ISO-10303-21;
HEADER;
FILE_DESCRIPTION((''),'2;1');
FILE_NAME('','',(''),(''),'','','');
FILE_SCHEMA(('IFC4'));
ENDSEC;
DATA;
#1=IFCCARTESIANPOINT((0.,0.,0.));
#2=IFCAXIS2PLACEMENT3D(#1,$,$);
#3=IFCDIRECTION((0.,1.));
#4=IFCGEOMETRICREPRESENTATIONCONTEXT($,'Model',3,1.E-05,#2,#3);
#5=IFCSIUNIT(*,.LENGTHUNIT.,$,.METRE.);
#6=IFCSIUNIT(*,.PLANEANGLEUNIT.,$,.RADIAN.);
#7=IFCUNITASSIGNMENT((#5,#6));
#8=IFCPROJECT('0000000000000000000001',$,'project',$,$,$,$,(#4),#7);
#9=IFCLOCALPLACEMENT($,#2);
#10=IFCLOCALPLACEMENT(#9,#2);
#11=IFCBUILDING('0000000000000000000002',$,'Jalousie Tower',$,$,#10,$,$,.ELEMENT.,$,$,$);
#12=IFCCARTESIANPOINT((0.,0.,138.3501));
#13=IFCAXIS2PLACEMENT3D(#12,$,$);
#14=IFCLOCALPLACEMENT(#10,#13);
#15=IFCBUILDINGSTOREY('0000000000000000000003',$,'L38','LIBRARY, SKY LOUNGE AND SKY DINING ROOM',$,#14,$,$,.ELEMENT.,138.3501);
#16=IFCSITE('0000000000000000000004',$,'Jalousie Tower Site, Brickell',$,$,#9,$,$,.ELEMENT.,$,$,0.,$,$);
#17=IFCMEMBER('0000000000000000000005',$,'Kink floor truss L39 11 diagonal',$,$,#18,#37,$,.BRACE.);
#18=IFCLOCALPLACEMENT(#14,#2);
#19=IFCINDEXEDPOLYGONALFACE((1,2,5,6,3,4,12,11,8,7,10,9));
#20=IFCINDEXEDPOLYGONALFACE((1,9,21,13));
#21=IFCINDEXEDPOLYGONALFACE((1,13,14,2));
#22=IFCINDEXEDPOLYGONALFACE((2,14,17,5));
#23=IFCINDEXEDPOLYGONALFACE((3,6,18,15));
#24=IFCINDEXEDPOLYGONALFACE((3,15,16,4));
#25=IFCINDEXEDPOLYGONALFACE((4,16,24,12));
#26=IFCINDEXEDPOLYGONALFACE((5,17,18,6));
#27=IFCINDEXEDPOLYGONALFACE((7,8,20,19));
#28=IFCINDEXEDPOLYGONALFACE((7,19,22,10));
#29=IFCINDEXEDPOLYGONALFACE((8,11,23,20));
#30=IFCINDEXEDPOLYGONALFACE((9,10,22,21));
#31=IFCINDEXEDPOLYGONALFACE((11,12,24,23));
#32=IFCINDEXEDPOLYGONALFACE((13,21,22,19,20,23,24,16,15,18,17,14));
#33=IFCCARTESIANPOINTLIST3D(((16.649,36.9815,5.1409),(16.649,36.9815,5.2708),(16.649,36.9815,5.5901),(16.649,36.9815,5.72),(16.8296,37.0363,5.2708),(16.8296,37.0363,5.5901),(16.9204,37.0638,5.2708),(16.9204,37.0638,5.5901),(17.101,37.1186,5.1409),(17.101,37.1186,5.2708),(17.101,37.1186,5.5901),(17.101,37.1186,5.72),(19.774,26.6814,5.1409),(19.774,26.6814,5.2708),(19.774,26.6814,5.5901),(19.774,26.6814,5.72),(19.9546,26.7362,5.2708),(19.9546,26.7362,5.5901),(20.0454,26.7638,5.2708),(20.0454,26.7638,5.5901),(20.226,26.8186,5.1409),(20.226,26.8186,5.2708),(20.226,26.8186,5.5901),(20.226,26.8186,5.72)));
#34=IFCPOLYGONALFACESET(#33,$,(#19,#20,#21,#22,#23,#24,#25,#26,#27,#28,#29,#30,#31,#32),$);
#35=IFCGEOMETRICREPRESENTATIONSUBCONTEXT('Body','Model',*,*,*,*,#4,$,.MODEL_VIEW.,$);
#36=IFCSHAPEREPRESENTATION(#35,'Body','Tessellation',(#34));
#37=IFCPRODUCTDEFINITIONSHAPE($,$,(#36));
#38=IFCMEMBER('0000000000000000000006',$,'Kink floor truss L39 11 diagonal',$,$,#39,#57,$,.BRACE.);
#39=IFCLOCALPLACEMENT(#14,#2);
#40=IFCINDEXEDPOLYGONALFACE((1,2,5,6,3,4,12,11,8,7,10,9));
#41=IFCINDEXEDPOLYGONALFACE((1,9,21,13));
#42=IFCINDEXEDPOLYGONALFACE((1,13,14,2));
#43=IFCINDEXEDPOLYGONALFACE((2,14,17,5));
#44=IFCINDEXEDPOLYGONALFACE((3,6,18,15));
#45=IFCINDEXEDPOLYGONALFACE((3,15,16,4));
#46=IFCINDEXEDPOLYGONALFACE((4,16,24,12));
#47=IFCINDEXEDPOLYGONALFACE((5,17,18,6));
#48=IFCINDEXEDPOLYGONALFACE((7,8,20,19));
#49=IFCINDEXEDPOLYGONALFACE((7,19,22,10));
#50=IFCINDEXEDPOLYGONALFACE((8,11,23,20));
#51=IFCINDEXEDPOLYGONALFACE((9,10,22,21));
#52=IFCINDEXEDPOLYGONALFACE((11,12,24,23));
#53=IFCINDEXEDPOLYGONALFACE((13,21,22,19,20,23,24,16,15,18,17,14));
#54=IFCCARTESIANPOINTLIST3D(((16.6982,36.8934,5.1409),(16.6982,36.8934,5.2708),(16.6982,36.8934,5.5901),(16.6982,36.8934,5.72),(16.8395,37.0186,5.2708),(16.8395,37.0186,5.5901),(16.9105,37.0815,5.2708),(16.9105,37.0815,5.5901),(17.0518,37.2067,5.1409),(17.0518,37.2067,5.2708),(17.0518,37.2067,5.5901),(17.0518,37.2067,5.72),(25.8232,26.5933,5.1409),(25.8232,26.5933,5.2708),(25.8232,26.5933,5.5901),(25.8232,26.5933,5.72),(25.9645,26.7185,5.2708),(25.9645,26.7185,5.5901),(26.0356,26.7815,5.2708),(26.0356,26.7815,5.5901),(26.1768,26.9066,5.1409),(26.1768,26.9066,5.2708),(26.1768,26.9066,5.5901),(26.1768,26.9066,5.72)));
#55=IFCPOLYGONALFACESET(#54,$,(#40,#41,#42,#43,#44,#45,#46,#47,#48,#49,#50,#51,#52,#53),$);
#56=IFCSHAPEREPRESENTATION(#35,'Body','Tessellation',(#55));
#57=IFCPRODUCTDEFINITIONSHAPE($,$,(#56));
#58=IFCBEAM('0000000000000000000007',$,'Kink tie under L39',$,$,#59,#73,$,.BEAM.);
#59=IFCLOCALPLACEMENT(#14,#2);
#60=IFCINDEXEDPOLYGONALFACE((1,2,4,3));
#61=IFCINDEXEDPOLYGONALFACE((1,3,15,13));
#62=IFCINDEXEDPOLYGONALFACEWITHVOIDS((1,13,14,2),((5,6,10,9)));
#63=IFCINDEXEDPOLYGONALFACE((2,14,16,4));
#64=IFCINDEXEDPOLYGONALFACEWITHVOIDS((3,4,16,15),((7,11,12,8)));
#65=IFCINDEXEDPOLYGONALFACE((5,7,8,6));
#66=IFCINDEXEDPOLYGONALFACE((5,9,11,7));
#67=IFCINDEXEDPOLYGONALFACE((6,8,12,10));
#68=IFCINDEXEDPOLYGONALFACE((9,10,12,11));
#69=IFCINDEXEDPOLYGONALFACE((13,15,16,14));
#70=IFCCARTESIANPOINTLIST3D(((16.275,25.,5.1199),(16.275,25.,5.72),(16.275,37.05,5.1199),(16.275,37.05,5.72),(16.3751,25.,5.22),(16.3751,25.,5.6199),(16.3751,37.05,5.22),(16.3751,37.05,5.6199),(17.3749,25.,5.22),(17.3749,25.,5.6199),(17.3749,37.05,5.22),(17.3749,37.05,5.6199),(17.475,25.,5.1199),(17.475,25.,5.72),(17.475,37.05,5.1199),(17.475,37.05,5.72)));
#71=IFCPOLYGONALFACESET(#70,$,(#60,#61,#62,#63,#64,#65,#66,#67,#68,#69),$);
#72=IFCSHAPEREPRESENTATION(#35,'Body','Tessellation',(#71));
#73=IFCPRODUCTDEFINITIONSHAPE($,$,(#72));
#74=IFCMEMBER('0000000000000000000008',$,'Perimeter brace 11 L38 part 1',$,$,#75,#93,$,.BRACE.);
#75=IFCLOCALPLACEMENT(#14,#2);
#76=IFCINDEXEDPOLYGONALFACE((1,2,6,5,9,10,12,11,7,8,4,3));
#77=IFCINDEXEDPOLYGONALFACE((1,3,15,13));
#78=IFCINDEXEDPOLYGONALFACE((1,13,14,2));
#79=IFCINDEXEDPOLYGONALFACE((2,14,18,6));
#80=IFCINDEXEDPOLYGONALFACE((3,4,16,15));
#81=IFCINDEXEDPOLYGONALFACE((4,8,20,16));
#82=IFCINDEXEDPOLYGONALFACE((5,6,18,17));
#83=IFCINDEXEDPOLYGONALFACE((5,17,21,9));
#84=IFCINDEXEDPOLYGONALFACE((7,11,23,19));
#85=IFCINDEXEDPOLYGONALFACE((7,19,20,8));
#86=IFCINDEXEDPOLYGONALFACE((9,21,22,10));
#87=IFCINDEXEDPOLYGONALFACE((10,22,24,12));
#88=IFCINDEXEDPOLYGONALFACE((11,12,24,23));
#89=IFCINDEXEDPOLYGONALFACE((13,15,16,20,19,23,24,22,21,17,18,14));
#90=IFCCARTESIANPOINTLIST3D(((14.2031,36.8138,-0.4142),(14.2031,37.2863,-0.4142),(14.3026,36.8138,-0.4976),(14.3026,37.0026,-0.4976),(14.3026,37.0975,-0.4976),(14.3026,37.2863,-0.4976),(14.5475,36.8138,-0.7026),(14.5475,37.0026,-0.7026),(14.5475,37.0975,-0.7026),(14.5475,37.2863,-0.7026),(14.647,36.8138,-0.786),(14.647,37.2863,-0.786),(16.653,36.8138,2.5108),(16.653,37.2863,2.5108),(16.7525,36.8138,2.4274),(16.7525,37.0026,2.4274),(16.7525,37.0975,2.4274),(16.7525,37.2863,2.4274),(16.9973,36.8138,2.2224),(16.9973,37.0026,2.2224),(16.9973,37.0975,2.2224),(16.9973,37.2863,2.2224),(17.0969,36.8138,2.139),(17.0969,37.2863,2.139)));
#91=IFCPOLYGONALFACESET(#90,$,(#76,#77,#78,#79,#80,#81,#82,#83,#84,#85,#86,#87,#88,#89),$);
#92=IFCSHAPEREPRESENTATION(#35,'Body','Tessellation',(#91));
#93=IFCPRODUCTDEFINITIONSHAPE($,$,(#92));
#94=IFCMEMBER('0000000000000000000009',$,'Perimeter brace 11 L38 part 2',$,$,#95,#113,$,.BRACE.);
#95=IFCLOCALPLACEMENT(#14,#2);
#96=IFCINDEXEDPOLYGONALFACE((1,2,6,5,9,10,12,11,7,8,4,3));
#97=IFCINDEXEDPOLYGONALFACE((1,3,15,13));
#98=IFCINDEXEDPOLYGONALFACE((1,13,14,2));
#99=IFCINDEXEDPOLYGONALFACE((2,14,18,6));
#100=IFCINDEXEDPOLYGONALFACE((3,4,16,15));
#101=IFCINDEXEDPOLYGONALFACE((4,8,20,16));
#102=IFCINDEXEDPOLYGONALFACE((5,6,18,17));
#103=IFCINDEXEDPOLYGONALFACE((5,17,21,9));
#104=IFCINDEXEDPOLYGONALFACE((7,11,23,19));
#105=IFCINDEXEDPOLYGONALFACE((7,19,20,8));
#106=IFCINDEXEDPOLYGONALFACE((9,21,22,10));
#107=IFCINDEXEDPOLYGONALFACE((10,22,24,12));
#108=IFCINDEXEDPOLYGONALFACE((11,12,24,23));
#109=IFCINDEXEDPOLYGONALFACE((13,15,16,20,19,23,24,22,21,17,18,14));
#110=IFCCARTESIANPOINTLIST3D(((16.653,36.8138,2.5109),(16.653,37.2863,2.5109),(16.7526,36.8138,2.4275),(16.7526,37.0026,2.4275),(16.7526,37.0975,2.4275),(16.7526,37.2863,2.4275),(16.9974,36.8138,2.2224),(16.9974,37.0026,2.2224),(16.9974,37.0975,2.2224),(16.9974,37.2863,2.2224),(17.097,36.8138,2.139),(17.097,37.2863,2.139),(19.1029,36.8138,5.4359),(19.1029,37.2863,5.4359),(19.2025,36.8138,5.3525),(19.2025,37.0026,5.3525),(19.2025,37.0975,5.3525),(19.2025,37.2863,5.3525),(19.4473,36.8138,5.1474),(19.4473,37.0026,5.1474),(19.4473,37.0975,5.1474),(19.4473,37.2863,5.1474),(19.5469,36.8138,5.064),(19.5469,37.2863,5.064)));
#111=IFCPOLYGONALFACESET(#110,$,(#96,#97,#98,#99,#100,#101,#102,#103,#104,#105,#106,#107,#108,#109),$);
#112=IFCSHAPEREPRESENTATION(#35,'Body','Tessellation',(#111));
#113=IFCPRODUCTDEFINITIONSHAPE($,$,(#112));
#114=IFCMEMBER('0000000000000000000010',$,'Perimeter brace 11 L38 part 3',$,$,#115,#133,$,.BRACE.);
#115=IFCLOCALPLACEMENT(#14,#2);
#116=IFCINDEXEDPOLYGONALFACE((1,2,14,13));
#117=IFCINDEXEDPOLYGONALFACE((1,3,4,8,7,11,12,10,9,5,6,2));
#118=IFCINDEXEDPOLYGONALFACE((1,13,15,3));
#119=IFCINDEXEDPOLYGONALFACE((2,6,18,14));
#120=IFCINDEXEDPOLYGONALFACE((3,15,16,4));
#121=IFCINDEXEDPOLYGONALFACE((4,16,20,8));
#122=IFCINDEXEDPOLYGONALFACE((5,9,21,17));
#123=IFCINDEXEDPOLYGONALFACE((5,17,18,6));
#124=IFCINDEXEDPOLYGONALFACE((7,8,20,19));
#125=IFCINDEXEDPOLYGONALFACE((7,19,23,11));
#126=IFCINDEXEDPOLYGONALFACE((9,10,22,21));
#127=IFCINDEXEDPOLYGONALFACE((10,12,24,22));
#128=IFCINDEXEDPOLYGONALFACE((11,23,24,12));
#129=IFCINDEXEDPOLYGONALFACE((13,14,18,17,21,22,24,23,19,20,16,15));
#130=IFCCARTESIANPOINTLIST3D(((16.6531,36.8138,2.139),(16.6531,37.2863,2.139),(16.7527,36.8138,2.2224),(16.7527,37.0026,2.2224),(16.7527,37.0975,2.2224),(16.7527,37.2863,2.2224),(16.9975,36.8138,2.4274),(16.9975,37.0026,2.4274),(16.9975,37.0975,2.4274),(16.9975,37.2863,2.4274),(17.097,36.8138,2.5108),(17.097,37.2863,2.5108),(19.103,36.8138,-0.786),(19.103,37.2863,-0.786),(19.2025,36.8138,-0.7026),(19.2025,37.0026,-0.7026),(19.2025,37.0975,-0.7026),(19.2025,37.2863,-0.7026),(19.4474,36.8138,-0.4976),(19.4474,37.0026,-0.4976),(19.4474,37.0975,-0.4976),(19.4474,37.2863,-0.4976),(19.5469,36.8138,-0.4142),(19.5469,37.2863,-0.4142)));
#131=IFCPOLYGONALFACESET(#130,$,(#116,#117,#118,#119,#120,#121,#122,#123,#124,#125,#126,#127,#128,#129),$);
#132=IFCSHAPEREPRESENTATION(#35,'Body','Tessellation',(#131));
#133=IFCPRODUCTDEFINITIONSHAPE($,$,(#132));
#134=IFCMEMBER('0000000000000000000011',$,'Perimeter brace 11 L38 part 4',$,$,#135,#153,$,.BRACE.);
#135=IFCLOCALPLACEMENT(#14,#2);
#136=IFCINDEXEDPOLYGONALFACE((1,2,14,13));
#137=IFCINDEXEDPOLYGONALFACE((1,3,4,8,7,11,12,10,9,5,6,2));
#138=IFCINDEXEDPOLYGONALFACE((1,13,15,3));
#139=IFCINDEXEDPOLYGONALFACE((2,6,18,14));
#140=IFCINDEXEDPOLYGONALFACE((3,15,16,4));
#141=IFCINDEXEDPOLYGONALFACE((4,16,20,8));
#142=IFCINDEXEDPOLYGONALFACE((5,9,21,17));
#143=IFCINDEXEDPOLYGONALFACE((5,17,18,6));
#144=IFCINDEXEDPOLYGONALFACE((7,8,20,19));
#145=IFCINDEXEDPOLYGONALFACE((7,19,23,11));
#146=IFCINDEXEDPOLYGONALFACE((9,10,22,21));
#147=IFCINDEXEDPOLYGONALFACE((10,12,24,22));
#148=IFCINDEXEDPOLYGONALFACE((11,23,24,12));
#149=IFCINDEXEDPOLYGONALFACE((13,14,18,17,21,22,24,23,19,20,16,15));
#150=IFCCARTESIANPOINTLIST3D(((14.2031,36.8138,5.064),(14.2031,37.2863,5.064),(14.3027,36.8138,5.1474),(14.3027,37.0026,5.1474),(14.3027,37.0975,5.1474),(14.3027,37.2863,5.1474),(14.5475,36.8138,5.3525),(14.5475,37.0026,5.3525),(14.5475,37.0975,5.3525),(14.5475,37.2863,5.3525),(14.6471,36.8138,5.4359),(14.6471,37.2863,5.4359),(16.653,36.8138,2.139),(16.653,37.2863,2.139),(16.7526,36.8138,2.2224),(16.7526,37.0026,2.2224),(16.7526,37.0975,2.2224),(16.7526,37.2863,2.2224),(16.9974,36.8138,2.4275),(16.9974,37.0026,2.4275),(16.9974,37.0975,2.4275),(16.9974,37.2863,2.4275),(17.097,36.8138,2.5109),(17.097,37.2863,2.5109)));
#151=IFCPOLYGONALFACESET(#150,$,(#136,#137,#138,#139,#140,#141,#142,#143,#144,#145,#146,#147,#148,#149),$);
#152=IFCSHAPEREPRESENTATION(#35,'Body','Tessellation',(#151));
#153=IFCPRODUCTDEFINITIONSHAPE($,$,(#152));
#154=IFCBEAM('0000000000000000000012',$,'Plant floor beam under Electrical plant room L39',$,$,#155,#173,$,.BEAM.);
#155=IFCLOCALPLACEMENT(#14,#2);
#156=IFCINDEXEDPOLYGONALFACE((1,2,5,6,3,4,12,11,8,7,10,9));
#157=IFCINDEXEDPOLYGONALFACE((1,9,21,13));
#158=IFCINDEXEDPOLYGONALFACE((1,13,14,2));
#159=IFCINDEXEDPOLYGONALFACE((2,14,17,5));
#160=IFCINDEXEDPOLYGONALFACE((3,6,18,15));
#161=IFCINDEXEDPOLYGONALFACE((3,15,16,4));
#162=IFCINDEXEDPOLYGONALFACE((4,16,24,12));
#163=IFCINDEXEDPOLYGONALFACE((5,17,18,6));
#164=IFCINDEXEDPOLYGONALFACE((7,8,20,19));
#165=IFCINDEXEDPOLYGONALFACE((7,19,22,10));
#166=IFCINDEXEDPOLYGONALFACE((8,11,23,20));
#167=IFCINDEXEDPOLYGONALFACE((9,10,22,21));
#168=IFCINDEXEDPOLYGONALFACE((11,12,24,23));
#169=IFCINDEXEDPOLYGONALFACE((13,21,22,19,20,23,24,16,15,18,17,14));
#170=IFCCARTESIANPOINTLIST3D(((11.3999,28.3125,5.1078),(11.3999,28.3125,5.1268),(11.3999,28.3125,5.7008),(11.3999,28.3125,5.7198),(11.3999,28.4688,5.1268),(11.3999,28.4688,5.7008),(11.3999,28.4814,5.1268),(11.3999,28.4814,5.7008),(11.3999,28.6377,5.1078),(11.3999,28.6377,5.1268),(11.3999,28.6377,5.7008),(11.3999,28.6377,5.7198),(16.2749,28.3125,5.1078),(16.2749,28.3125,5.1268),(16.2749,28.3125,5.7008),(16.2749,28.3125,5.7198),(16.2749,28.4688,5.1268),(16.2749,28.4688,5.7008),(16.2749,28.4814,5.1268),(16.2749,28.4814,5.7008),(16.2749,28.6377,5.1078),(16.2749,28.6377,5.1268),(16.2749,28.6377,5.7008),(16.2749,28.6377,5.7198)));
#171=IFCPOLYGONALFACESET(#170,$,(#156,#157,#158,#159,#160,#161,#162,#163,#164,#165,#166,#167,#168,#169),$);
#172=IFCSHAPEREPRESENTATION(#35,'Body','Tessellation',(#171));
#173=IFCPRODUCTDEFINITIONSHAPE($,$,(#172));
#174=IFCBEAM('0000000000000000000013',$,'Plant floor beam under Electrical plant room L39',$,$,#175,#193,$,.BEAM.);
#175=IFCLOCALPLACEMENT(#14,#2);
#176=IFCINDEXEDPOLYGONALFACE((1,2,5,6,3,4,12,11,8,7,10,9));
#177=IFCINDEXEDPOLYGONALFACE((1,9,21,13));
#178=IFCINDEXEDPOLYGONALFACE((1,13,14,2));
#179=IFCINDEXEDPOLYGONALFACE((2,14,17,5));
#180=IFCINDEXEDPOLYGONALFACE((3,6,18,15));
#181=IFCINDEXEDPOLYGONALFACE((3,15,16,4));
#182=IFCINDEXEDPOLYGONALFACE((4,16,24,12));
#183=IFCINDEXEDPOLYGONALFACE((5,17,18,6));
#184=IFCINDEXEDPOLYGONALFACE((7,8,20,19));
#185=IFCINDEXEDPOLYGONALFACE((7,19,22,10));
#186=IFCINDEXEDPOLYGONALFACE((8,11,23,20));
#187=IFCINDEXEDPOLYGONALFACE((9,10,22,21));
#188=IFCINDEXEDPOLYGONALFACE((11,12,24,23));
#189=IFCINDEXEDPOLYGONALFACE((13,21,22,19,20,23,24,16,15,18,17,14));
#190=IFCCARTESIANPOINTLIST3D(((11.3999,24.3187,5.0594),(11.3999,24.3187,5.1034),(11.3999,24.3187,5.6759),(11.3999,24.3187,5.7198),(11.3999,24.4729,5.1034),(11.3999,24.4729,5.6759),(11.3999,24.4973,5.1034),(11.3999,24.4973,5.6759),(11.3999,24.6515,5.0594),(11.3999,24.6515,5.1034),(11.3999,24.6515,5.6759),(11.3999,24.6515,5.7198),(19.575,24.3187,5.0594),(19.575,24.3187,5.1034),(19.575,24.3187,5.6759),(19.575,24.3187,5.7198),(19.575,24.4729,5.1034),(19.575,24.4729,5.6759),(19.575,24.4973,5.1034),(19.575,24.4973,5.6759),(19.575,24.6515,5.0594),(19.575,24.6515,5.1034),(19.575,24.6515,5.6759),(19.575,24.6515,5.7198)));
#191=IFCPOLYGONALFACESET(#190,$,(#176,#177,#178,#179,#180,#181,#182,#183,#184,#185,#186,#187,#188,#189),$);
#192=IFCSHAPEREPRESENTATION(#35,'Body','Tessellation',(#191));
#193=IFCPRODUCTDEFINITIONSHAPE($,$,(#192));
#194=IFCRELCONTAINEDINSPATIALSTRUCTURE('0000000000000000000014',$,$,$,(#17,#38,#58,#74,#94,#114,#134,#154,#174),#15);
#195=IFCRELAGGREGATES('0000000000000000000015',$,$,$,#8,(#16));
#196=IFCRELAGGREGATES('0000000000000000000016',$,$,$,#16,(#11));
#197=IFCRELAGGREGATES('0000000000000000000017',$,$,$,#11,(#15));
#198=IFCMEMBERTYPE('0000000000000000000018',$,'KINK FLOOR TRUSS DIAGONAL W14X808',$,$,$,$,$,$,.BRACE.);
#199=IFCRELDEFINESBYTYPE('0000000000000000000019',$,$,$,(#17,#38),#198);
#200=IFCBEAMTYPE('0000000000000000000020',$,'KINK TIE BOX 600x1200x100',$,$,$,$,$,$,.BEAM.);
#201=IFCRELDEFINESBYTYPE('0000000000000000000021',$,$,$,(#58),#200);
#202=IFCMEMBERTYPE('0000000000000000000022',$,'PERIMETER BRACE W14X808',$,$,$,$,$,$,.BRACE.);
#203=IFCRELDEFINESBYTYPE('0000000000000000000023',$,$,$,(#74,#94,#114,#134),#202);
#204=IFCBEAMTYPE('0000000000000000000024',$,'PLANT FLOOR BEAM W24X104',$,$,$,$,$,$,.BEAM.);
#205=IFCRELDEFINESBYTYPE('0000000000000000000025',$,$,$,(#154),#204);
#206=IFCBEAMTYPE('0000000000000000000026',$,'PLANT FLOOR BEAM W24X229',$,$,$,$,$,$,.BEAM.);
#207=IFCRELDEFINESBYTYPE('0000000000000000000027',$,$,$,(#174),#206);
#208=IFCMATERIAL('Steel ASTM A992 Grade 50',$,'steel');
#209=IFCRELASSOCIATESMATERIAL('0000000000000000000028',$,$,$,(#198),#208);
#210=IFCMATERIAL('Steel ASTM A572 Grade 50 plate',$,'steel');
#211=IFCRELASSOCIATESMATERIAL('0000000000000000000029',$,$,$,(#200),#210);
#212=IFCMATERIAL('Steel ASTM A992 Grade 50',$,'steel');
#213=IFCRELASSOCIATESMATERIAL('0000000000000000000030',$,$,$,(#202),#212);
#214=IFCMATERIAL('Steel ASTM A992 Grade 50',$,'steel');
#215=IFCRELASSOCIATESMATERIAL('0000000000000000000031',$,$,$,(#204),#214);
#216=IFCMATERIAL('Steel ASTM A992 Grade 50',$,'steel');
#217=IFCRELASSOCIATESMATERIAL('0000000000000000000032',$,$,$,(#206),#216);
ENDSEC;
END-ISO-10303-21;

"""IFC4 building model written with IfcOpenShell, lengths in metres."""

from ifc_helpers import new_model, si_unit, direction, frame, origin, origin_2d, place, context, subcontext, project, spatial, hollow_rectangle, i_section, extrude, material, material_profile, profile_set, type_object, element, save


model = new_model("IFC4")

# Units and contexts
model_context = context("Model", 3, precision=1e-05, world=origin(), true_north=direction((0.0, 1.0)))
body_context = subcontext(model_context, "Body", "Model", "MODEL_VIEW")
ifc_project = project(units=[si_unit("LENGTHUNIT", "METRE"), si_unit("PLANEANGLEUNIT", "RADIAN")], contexts=[model_context])

# Site, building, storey
site_placement = place(None, origin())
site = spatial("IfcSite", under=ifc_project, at=site_placement, Name="Jalousie Tower Site, Brickell", CompositionType="ELEMENT", RefElevation=0.0)
building_placement = place(site_placement, origin())
building = spatial("IfcBuilding", under=site, at=building_placement, Name="Jalousie Tower", CompositionType="ELEMENT")
storey_placement = place(building_placement, frame((0.0, 0.0, 138.3501)))
storey = spatial("IfcBuildingStorey", under=building, at=storey_placement, Name="L38", Description="LIBRARY, SKY LOUNGE AND SKY DINING ROOM", CompositionType="ELEMENT", Elevation=138.3501)

# Members
ifc_material_1 = material(Name="Steel ASTM A992 Grade 50", Category="steel")
ifc_material_profile_1 = material_profile(ifc_material_1, i_section(OverallWidth=0.4724, OverallDepth=0.5791, WebThickness=0.095, FlangeThickness=0.1299, at=origin_2d()), Name="W14X808")
ifc_profile_set_1 = profile_set([ifc_material_profile_1], Name="Steel ASTM A992 Grade 50")
member_type_1 = type_object("IfcMemberType", Name="KINK FLOOR TRUSS DIAGONAL W14X808", PredefinedType="BRACE", material=ifc_profile_set_1)
member_1_placement = place(storey_placement, frame((16.875, 37.05, 5.4304), z_axis=(0.290328, -0.956927, 0.0), x_axis=(0.956927, 0.290328, 0.0)))
element("IfcMember", 1, at=member_1_placement, inside=storey, type_object=member_type_1, Name="Kink floor truss L39 11 diagonal", PredefinedType="BRACE", context=body_context, shape_type="SweptSolid", body=[
    extrude(i_section(OverallWidth=0.4724, OverallDepth=0.5791, WebThickness=0.095, FlangeThickness=0.1299, at=origin_2d()), origin(), (0.0, 0.0, 1.0), 10.7637),
])
member_2_placement = place(storey_placement, frame((16.875, 37.05, 5.4304), z_axis=(0.663121, -0.748512, 0.0), x_axis=(0.748512, 0.663121, 0.0)))
element("IfcMember", 2, at=member_2_placement, inside=storey, type_object=member_type_1, Name="Kink floor truss L39 11 diagonal", PredefinedType="BRACE", context=body_context, shape_type="SweptSolid", body=[
    extrude(i_section(OverallWidth=0.4724, OverallDepth=0.5791, WebThickness=0.095, FlangeThickness=0.1299, at=origin_2d()), origin(), (0.0, 0.0, 1.0), 13.7607),
])

# Beam
ifc_material_2 = material(Name="Steel ASTM A572 Grade 50 plate", Category="steel")
ifc_material_profile_2 = material_profile(ifc_material_2, hollow_rectangle(XDim=1.2, YDim=0.6001, WallThickness=0.1001, at=origin_2d()), Name="BOX 600x1200x100")
ifc_profile_set_2 = profile_set([ifc_material_profile_2], Name="Steel ASTM A572 Grade 50 plate")
beam_type_1 = type_object("IfcBeamType", Name="KINK TIE BOX 600x1200x100", PredefinedType="BEAM", material=ifc_profile_set_2)
beam_1_placement = place(storey_placement, frame((16.875, 37.05, 5.4199), z_axis=(0.0, -1.0, 0.0), x_axis=(1.0, 0.0, 0.0)))
element("IfcBeam", 3, at=beam_1_placement, inside=storey, type_object=beam_type_1, Name="Kink tie under L39", PredefinedType="BEAM", context=body_context, shape_type="SweptSolid", body=[
    extrude(hollow_rectangle(XDim=1.2, YDim=0.6001, WallThickness=0.1001, at=origin_2d()), origin(), (0.0, 0.0, 1.0), 12.05),
])

# Members
ifc_material_3 = material(Name="Steel ASTM A992 Grade 50", Category="steel")
ifc_material_profile_3 = material_profile(ifc_material_3, i_section(OverallWidth=0.4724, OverallDepth=0.5791, WebThickness=0.095, FlangeThickness=0.1299, at=origin_2d()), Name="W14X808")
ifc_profile_set_3 = profile_set([ifc_material_profile_3], Name="Steel ASTM A992 Grade 50")
member_type_2 = type_object("IfcMemberType", Name="PERIMETER BRACE W14X808", PredefinedType="BRACE", material=ifc_profile_set_3)
for number, where, z_axis, x_axis, name in (
    (4, (14.425, 37.05, -0.6001), (0.642102, 0.0, 0.766619), (0.0, 1.0, 0.0), "Perimeter brace 11 L38 part 1"),
    (5, (16.875, 37.05, 2.325), (0.642102, 0.0, 0.766619), (0.0, 1.0, 0.0), "Perimeter brace 11 L38 part 2"),
    (6, (19.325, 37.05, -0.6001), (-0.642102, 0.0, 0.766619), (0.0, -1.0, 0.0), "Perimeter brace 11 L38 part 3"),
    (7, (16.875, 37.05, 2.325), (-0.642102, 0.0, 0.766619), (0.0, -1.0, 0.0), "Perimeter brace 11 L38 part 4"),
):
    element("IfcMember", number, at=place(storey_placement, frame(where, z_axis=z_axis, x_axis=x_axis)), inside=storey, type_object=member_type_2, Name=name, PredefinedType="BRACE", context=body_context, shape_type="SweptSolid", body=[
        extrude(i_section(OverallWidth=0.4724, OverallDepth=0.5791, WebThickness=0.095, FlangeThickness=0.1299, at=origin_2d()), origin(), (0.0, 0.0, 1.0), 3.8154),
    ])

# Beams
ifc_material_4 = material(Name="Steel ASTM A992 Grade 50", Category="steel")
ifc_material_profile_4 = material_profile(ifc_material_4, i_section(OverallWidth=0.3252, OverallDepth=0.6121, WebThickness=0.0127, FlangeThickness=0.019, at=origin_2d()), Name="W24X104")
ifc_profile_set_4 = profile_set([ifc_material_profile_4], Name="Steel ASTM A992 Grade 50")
beam_type_2 = type_object("IfcBeamType", Name="PLANT FLOOR BEAM W24X104", PredefinedType="BEAM", material=ifc_profile_set_4)
beam_2_placement = place(storey_placement, frame((11.3999, 28.4751, 5.4138), z_axis=(1.0, 0.0, 0.0), x_axis=(0.0, 1.0, 0.0)))
element("IfcBeam", 8, at=beam_2_placement, inside=storey, type_object=beam_type_2, Name="Plant floor beam under Electrical plant room L39", PredefinedType="BEAM", context=body_context, shape_type="SweptSolid", body=[
    extrude(i_section(OverallWidth=0.3252, OverallDepth=0.6121, WebThickness=0.0127, FlangeThickness=0.019, at=origin_2d()), origin(), (0.0, 0.0, 1.0), 4.875),
])
ifc_material_5 = material(Name="Steel ASTM A992 Grade 50", Category="steel")
ifc_material_profile_5 = material_profile(ifc_material_5, i_section(OverallWidth=0.3328, OverallDepth=0.6604, WebThickness=0.0244, FlangeThickness=0.0439, at=origin_2d()), Name="W24X229")
ifc_profile_set_5 = profile_set([ifc_material_profile_5], Name="Steel ASTM A992 Grade 50")
beam_type_3 = type_object("IfcBeamType", Name="PLANT FLOOR BEAM W24X229", PredefinedType="BEAM", material=ifc_profile_set_5)
beam_3_placement = place(storey_placement, frame((11.3999, 24.4851, 5.3896), z_axis=(1.0, 0.0, 0.0), x_axis=(0.0, 1.0, 0.0)))
element("IfcBeam", 9, at=beam_3_placement, inside=storey, type_object=beam_type_3, Name="Plant floor beam under Electrical plant room L39", PredefinedType="BEAM", context=body_context, shape_type="SweptSolid", body=[
    extrude(i_section(OverallWidth=0.3328, OverallDepth=0.6604, WebThickness=0.0244, FlangeThickness=0.0439, at=origin_2d()), origin(), (0.0, 0.0, 1.0), 8.175),
])

save(model, "model.ifc")
